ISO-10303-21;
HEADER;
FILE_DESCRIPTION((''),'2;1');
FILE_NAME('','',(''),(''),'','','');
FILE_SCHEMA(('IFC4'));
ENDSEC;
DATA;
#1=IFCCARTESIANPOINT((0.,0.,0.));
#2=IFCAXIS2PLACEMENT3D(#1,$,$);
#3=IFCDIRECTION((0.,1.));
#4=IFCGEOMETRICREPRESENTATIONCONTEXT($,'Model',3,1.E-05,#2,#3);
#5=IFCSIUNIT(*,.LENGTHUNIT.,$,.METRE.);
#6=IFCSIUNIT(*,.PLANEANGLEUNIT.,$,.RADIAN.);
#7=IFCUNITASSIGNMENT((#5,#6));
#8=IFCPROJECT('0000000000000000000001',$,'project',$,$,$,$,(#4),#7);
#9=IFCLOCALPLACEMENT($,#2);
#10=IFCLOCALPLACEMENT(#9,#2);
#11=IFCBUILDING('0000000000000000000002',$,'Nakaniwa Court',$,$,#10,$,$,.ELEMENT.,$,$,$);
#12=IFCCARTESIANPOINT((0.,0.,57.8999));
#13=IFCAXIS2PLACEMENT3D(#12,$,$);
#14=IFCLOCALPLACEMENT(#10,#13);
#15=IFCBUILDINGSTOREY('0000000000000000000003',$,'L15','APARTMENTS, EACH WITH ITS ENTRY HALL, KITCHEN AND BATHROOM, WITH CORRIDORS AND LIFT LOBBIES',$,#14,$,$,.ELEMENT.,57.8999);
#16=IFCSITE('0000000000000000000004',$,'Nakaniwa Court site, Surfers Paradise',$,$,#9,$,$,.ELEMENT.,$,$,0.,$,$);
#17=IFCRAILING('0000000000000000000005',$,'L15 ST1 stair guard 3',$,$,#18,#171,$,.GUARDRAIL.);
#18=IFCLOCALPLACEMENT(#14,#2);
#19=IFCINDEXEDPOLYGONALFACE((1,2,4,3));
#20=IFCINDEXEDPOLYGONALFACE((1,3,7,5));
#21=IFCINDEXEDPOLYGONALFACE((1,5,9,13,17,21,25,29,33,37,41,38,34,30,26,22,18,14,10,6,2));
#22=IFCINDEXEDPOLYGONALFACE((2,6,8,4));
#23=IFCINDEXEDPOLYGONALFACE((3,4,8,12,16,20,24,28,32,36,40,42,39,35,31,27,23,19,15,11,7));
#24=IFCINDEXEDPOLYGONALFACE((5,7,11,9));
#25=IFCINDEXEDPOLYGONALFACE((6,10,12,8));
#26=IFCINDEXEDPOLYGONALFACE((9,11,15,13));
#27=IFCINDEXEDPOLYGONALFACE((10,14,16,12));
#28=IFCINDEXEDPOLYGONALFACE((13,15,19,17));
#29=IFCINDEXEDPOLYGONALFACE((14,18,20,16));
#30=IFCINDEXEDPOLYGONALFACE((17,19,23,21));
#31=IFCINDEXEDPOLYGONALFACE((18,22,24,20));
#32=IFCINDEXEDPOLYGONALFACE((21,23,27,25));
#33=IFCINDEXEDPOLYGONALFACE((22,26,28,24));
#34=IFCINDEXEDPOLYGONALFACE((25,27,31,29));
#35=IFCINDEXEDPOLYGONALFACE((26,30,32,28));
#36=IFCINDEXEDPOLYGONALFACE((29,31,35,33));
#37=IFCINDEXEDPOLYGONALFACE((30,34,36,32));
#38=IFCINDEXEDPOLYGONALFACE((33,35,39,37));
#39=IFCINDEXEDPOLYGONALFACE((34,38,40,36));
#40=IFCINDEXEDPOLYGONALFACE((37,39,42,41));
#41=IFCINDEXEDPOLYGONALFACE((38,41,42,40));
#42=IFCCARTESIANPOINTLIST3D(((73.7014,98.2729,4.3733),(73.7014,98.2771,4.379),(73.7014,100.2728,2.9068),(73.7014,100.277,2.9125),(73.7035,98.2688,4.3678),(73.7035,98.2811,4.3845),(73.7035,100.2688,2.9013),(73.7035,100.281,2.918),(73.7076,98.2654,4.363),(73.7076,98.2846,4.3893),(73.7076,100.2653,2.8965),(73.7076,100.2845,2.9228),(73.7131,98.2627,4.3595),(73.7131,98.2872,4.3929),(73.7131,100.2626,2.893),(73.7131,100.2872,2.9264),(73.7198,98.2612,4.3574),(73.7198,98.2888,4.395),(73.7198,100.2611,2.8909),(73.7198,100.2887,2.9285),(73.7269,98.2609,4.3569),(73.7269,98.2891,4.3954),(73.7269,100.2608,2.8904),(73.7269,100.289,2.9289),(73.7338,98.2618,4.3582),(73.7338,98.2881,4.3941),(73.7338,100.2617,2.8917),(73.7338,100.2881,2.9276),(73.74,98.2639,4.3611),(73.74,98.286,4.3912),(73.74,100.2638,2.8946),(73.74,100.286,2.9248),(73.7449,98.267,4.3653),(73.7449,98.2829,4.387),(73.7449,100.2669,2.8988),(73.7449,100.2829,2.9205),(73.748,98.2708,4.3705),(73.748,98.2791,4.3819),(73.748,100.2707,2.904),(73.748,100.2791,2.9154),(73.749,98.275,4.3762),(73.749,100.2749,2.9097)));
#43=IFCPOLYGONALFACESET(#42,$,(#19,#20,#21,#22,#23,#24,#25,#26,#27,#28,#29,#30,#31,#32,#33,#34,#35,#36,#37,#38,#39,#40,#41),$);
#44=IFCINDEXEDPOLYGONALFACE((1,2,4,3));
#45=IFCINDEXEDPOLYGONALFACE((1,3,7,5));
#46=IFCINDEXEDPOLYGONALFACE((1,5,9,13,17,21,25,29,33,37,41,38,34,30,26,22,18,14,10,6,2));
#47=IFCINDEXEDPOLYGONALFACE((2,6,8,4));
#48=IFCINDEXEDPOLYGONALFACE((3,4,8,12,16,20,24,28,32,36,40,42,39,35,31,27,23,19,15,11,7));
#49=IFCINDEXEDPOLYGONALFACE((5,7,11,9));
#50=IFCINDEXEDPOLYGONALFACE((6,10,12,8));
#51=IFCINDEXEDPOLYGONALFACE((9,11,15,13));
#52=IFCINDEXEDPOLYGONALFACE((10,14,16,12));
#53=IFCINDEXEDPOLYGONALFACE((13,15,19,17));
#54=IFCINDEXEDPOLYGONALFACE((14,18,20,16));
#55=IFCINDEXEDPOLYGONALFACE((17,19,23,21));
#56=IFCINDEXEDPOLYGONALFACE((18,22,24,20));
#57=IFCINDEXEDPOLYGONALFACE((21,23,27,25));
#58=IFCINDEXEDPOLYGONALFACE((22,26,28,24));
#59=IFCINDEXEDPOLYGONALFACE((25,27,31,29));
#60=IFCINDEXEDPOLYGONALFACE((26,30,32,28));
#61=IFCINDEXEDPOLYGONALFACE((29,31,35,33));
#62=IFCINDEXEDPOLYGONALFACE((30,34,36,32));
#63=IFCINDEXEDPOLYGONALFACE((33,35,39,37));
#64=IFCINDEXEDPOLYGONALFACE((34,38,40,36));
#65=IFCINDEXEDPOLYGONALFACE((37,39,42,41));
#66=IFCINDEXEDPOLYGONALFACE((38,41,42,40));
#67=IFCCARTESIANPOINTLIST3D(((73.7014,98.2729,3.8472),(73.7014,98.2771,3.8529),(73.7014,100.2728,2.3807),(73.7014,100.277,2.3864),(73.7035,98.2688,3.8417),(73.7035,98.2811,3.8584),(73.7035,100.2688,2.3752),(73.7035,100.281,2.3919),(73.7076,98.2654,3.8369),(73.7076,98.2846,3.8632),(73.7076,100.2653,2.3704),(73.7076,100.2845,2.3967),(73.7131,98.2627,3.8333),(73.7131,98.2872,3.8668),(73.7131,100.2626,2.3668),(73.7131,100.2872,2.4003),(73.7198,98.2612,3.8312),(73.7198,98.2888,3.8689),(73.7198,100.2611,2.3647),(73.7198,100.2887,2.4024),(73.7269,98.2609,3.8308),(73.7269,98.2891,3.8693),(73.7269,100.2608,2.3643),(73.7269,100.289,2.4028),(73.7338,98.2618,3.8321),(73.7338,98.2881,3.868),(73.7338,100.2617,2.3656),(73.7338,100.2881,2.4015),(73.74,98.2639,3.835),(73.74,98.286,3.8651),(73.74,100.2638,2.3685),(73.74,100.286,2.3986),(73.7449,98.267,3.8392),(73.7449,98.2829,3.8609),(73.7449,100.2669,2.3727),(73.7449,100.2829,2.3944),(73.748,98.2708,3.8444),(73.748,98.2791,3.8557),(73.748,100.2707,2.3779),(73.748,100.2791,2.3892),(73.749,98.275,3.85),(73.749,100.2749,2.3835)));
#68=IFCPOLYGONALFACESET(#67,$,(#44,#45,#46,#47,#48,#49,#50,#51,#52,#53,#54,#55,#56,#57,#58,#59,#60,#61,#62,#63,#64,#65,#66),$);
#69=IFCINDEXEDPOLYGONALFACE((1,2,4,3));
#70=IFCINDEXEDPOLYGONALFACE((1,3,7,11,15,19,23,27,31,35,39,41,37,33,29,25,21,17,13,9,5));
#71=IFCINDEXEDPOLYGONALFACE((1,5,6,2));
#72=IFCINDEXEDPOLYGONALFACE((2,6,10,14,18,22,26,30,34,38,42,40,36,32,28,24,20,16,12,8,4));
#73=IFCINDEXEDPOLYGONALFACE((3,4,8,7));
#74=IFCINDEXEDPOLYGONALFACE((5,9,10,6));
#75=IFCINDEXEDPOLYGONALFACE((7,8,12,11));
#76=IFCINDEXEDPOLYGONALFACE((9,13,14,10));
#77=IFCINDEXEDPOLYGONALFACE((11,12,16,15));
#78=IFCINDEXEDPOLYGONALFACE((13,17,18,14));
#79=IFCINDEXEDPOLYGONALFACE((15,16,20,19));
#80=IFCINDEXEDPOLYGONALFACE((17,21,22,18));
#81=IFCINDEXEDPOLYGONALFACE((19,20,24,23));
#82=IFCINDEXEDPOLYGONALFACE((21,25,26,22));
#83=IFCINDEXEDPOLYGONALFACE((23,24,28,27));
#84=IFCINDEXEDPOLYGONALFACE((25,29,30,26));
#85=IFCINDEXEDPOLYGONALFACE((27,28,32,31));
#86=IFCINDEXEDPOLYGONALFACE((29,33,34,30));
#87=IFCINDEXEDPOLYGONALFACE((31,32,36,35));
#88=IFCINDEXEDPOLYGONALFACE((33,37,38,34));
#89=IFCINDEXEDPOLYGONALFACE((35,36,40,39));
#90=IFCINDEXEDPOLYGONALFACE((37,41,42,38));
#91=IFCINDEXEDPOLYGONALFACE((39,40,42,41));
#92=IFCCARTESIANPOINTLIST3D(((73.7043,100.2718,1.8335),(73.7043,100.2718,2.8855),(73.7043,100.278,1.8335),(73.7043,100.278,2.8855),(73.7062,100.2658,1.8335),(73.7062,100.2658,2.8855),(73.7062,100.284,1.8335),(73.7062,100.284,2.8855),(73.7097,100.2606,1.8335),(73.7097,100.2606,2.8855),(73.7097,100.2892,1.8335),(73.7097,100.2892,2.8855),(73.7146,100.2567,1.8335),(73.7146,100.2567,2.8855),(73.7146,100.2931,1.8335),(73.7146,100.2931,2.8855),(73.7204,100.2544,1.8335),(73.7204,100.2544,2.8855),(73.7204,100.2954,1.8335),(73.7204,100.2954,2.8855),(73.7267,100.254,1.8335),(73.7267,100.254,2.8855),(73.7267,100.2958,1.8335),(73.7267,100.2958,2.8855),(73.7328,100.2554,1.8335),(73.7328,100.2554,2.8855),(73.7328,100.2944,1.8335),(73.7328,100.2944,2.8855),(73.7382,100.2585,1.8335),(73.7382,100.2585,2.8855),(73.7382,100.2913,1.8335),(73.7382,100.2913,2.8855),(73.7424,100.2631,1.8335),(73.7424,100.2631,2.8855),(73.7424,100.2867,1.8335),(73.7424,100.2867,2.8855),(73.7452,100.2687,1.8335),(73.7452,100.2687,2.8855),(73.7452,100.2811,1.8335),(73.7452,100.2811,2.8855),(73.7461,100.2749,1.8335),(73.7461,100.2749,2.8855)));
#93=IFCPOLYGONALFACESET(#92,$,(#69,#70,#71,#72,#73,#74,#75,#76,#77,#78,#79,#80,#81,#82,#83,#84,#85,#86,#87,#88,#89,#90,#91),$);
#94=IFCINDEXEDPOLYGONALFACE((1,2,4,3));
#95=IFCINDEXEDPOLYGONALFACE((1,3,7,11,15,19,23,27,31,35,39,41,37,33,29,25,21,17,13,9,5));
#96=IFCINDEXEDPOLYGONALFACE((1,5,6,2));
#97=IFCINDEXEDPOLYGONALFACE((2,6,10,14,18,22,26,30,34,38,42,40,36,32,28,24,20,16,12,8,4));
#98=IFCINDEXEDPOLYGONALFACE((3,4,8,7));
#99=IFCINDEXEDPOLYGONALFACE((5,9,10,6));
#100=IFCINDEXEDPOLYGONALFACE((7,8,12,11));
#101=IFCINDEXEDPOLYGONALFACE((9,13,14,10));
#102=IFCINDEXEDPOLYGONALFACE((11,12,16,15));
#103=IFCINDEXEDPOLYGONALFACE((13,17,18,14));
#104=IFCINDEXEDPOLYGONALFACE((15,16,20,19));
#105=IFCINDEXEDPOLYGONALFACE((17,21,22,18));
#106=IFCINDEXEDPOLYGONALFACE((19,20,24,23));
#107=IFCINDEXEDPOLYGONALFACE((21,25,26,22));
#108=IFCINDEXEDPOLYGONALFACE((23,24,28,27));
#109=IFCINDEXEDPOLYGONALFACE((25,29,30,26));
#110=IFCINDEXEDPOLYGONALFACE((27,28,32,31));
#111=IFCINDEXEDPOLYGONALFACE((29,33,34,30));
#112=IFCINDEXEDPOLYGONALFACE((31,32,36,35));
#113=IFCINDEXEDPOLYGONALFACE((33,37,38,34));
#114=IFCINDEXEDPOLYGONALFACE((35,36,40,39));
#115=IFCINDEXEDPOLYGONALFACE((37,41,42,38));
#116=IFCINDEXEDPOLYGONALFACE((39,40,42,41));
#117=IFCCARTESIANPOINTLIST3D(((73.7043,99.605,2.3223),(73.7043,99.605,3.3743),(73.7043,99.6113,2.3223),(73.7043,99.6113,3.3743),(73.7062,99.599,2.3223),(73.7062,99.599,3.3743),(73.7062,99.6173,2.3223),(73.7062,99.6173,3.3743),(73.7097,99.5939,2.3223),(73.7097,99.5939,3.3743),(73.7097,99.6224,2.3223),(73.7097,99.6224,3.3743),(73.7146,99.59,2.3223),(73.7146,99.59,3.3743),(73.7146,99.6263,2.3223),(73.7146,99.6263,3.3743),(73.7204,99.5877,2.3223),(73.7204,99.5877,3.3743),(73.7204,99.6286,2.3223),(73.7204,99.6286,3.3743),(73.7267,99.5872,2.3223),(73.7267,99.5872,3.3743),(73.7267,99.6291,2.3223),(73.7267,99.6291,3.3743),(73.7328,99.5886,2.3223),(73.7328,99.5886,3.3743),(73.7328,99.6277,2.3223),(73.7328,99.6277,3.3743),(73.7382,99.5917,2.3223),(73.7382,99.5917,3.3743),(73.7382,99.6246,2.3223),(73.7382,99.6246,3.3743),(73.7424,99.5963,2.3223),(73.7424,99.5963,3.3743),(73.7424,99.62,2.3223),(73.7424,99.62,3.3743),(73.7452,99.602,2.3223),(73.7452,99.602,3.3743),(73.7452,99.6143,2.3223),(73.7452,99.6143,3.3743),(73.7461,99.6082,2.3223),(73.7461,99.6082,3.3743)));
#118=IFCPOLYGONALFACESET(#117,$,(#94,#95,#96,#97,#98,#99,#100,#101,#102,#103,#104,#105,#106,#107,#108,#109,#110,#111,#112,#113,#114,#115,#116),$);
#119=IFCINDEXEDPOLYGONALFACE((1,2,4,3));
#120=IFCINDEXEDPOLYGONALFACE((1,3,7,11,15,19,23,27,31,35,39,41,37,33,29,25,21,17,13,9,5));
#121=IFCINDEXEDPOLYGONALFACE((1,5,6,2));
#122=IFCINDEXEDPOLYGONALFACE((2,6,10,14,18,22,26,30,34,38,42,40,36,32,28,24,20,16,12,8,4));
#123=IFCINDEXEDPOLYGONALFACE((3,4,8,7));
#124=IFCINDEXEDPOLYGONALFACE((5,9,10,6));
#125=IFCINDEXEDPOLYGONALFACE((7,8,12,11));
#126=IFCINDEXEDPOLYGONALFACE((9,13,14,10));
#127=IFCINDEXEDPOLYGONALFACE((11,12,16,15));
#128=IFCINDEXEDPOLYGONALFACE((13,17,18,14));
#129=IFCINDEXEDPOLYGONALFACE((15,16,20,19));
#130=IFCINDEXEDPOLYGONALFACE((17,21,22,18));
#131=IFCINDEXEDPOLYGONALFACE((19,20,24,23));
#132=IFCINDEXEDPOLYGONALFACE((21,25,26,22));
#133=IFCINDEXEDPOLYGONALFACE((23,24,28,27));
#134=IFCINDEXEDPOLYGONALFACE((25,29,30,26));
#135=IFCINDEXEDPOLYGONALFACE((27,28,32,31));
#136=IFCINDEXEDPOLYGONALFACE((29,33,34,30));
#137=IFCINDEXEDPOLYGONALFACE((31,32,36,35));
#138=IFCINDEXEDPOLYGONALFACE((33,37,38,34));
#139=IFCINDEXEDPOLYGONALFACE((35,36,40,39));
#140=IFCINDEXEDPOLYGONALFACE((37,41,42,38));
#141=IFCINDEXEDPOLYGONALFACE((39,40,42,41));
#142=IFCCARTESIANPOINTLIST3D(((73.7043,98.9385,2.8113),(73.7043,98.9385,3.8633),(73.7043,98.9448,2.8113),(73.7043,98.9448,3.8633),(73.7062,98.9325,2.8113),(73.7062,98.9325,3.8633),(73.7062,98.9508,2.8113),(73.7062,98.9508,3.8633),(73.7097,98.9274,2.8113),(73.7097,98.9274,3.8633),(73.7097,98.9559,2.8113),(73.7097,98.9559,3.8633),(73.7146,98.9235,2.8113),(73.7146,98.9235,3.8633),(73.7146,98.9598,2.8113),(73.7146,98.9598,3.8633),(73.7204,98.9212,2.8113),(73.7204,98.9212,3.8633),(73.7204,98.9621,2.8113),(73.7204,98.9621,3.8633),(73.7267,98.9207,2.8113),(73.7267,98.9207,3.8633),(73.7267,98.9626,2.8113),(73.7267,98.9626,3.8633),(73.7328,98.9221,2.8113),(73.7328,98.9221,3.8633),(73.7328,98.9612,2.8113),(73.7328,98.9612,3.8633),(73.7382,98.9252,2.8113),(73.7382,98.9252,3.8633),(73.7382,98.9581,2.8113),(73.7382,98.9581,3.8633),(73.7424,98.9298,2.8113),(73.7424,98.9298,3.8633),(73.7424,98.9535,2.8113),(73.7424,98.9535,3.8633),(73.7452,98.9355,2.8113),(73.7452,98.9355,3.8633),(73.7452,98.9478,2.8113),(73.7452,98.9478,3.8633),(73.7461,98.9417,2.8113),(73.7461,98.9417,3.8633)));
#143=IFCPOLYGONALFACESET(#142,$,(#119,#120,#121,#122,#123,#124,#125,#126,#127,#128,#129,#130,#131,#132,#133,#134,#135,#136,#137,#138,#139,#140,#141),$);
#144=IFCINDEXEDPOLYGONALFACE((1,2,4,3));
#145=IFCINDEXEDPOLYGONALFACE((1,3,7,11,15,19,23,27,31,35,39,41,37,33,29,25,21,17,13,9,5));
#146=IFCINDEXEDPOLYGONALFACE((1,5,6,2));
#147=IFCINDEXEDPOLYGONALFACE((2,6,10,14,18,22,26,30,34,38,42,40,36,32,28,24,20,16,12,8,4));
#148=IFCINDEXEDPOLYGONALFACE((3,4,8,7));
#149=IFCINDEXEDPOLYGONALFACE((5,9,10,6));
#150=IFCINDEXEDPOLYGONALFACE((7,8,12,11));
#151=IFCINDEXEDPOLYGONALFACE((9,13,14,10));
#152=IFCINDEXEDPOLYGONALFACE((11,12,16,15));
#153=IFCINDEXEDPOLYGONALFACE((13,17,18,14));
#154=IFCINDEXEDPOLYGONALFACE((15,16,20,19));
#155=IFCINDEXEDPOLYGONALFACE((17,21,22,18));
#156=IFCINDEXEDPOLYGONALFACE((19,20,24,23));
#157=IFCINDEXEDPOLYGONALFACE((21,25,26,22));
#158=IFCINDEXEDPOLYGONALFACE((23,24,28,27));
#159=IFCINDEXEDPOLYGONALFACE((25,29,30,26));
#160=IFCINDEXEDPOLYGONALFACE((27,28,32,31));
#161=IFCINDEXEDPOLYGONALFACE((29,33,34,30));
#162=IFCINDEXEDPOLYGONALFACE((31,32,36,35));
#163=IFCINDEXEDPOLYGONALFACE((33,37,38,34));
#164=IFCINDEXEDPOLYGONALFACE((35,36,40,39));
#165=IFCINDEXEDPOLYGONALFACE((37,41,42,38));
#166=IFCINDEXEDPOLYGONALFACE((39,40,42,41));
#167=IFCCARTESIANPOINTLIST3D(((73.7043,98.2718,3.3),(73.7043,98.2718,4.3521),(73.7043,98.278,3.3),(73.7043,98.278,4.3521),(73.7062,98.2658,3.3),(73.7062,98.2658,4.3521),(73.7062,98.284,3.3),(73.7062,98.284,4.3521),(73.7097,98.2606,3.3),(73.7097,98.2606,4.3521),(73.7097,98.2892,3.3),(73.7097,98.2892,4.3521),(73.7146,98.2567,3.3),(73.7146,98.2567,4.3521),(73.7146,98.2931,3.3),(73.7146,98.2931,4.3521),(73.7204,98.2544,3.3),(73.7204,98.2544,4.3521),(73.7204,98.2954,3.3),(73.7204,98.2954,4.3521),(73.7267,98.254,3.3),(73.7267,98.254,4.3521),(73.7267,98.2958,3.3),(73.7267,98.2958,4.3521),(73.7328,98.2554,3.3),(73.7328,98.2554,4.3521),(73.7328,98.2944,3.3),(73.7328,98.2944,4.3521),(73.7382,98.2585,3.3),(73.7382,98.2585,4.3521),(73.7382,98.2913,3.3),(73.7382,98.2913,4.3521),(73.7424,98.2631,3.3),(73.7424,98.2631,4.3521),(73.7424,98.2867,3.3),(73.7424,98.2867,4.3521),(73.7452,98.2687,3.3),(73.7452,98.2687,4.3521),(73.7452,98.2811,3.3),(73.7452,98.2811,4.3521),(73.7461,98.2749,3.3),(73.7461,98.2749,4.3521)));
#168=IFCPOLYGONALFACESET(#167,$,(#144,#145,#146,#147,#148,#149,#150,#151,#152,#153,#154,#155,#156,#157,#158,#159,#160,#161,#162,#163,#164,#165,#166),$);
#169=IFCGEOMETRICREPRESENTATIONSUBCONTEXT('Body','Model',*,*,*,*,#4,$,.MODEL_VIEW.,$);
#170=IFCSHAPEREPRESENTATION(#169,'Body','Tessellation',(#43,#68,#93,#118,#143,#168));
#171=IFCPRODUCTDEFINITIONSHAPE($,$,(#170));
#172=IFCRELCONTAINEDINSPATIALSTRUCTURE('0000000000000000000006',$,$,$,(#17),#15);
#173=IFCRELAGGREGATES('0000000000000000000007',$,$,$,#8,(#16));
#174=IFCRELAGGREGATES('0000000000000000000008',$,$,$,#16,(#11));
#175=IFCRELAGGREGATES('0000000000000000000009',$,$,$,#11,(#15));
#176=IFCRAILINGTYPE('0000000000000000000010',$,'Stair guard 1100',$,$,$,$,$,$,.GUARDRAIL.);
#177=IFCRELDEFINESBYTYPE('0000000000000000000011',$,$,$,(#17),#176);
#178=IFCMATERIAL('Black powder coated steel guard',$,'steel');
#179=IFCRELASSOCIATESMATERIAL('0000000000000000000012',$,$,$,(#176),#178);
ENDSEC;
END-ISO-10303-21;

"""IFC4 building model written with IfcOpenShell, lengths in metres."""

from ifc_helpers import new_model, si_unit, direction, frame, origin, origin_2d, place, context, subcontext, project, spatial, circle, extrude, material, type_object, element, save


model = new_model("IFC4")

# Units and contexts
model_context = context("Model", 3, precision=1e-05, world=origin(), true_north=direction((0.0, 1.0)))
body_context = subcontext(model_context, "Body", "Model", "MODEL_VIEW")
ifc_project = project(units=[si_unit("LENGTHUNIT", "METRE"), si_unit("PLANEANGLEUNIT", "RADIAN")], contexts=[model_context])

# Site, building, storey
site_placement = place(None, origin())
site = spatial("IfcSite", under=ifc_project, at=site_placement, Name="Nakaniwa Court site, Surfers Paradise", CompositionType="ELEMENT", RefElevation=0.0)
building_placement = place(site_placement, origin())
building = spatial("IfcBuilding", under=site, at=building_placement, Name="Nakaniwa Court", CompositionType="ELEMENT")
storey_placement = place(building_placement, frame((0.0, 0.0, 57.8999)))
storey = spatial("IfcBuildingStorey", under=building, at=storey_placement, Name="L15", Description="APARTMENTS, EACH WITH ITS ENTRY HALL, KITCHEN AND BATHROOM, WITH CORRIDORS AND LIFT LOBBIES", CompositionType="ELEMENT", Elevation=57.8999)

# Railing
ifc_material_1 = material(Name="Black powder coated steel guard", Category="steel")
railing_type_1 = type_object("IfcRailingType", Name="Stair guard 1100", PredefinedType="GUARDRAIL", material=ifc_material_1)
railing_1_placement = place(storey_placement, frame((73.7251, 100.2749, 1.8335)))
element("IfcRailing", 1, at=railing_1_placement, inside=storey, type_object=railing_type_1, Name="L15 ST1 stair guard 3", PredefinedType="GUARDRAIL", context=body_context, shape_type="SweptSolid", body=[
    extrude(circle(Radius=0.0239, at=origin_2d()), frame((0.0, 0.0, 1.0762), z_axis=(0.0, -0.806427, 0.591334), x_axis=(1.0, 0.0, 0.0)), (0.0, 0.0, 1.0), 2.48),
    extrude(circle(Radius=0.0239, at=origin_2d()), frame((0.0, 0.0, 0.55), z_axis=(0.0, -0.806427, 0.591334), x_axis=(1.0, 0.0, 0.0)), (0.0, 0.0, 1.0), 2.48),
    extrude(circle(Radius=0.021, at=origin_2d()), origin(), (0.0, 0.0, 1.0), 1.052),
    extrude(circle(Radius=0.021, at=origin_2d()), frame((0.0, -0.6667, 0.4888)), (0.0, 0.0, 1.0), 1.052),
    extrude(circle(Radius=0.021, at=origin_2d()), frame((0.0, -1.3333, 0.9778)), (0.0, 0.0, 1.0), 1.052),
    extrude(circle(Radius=0.021, at=origin_2d()), frame((0.0, -2.0, 1.4666)), (0.0, 0.0, 1.0), 1.052),
])

save(model, "model.ifc")
